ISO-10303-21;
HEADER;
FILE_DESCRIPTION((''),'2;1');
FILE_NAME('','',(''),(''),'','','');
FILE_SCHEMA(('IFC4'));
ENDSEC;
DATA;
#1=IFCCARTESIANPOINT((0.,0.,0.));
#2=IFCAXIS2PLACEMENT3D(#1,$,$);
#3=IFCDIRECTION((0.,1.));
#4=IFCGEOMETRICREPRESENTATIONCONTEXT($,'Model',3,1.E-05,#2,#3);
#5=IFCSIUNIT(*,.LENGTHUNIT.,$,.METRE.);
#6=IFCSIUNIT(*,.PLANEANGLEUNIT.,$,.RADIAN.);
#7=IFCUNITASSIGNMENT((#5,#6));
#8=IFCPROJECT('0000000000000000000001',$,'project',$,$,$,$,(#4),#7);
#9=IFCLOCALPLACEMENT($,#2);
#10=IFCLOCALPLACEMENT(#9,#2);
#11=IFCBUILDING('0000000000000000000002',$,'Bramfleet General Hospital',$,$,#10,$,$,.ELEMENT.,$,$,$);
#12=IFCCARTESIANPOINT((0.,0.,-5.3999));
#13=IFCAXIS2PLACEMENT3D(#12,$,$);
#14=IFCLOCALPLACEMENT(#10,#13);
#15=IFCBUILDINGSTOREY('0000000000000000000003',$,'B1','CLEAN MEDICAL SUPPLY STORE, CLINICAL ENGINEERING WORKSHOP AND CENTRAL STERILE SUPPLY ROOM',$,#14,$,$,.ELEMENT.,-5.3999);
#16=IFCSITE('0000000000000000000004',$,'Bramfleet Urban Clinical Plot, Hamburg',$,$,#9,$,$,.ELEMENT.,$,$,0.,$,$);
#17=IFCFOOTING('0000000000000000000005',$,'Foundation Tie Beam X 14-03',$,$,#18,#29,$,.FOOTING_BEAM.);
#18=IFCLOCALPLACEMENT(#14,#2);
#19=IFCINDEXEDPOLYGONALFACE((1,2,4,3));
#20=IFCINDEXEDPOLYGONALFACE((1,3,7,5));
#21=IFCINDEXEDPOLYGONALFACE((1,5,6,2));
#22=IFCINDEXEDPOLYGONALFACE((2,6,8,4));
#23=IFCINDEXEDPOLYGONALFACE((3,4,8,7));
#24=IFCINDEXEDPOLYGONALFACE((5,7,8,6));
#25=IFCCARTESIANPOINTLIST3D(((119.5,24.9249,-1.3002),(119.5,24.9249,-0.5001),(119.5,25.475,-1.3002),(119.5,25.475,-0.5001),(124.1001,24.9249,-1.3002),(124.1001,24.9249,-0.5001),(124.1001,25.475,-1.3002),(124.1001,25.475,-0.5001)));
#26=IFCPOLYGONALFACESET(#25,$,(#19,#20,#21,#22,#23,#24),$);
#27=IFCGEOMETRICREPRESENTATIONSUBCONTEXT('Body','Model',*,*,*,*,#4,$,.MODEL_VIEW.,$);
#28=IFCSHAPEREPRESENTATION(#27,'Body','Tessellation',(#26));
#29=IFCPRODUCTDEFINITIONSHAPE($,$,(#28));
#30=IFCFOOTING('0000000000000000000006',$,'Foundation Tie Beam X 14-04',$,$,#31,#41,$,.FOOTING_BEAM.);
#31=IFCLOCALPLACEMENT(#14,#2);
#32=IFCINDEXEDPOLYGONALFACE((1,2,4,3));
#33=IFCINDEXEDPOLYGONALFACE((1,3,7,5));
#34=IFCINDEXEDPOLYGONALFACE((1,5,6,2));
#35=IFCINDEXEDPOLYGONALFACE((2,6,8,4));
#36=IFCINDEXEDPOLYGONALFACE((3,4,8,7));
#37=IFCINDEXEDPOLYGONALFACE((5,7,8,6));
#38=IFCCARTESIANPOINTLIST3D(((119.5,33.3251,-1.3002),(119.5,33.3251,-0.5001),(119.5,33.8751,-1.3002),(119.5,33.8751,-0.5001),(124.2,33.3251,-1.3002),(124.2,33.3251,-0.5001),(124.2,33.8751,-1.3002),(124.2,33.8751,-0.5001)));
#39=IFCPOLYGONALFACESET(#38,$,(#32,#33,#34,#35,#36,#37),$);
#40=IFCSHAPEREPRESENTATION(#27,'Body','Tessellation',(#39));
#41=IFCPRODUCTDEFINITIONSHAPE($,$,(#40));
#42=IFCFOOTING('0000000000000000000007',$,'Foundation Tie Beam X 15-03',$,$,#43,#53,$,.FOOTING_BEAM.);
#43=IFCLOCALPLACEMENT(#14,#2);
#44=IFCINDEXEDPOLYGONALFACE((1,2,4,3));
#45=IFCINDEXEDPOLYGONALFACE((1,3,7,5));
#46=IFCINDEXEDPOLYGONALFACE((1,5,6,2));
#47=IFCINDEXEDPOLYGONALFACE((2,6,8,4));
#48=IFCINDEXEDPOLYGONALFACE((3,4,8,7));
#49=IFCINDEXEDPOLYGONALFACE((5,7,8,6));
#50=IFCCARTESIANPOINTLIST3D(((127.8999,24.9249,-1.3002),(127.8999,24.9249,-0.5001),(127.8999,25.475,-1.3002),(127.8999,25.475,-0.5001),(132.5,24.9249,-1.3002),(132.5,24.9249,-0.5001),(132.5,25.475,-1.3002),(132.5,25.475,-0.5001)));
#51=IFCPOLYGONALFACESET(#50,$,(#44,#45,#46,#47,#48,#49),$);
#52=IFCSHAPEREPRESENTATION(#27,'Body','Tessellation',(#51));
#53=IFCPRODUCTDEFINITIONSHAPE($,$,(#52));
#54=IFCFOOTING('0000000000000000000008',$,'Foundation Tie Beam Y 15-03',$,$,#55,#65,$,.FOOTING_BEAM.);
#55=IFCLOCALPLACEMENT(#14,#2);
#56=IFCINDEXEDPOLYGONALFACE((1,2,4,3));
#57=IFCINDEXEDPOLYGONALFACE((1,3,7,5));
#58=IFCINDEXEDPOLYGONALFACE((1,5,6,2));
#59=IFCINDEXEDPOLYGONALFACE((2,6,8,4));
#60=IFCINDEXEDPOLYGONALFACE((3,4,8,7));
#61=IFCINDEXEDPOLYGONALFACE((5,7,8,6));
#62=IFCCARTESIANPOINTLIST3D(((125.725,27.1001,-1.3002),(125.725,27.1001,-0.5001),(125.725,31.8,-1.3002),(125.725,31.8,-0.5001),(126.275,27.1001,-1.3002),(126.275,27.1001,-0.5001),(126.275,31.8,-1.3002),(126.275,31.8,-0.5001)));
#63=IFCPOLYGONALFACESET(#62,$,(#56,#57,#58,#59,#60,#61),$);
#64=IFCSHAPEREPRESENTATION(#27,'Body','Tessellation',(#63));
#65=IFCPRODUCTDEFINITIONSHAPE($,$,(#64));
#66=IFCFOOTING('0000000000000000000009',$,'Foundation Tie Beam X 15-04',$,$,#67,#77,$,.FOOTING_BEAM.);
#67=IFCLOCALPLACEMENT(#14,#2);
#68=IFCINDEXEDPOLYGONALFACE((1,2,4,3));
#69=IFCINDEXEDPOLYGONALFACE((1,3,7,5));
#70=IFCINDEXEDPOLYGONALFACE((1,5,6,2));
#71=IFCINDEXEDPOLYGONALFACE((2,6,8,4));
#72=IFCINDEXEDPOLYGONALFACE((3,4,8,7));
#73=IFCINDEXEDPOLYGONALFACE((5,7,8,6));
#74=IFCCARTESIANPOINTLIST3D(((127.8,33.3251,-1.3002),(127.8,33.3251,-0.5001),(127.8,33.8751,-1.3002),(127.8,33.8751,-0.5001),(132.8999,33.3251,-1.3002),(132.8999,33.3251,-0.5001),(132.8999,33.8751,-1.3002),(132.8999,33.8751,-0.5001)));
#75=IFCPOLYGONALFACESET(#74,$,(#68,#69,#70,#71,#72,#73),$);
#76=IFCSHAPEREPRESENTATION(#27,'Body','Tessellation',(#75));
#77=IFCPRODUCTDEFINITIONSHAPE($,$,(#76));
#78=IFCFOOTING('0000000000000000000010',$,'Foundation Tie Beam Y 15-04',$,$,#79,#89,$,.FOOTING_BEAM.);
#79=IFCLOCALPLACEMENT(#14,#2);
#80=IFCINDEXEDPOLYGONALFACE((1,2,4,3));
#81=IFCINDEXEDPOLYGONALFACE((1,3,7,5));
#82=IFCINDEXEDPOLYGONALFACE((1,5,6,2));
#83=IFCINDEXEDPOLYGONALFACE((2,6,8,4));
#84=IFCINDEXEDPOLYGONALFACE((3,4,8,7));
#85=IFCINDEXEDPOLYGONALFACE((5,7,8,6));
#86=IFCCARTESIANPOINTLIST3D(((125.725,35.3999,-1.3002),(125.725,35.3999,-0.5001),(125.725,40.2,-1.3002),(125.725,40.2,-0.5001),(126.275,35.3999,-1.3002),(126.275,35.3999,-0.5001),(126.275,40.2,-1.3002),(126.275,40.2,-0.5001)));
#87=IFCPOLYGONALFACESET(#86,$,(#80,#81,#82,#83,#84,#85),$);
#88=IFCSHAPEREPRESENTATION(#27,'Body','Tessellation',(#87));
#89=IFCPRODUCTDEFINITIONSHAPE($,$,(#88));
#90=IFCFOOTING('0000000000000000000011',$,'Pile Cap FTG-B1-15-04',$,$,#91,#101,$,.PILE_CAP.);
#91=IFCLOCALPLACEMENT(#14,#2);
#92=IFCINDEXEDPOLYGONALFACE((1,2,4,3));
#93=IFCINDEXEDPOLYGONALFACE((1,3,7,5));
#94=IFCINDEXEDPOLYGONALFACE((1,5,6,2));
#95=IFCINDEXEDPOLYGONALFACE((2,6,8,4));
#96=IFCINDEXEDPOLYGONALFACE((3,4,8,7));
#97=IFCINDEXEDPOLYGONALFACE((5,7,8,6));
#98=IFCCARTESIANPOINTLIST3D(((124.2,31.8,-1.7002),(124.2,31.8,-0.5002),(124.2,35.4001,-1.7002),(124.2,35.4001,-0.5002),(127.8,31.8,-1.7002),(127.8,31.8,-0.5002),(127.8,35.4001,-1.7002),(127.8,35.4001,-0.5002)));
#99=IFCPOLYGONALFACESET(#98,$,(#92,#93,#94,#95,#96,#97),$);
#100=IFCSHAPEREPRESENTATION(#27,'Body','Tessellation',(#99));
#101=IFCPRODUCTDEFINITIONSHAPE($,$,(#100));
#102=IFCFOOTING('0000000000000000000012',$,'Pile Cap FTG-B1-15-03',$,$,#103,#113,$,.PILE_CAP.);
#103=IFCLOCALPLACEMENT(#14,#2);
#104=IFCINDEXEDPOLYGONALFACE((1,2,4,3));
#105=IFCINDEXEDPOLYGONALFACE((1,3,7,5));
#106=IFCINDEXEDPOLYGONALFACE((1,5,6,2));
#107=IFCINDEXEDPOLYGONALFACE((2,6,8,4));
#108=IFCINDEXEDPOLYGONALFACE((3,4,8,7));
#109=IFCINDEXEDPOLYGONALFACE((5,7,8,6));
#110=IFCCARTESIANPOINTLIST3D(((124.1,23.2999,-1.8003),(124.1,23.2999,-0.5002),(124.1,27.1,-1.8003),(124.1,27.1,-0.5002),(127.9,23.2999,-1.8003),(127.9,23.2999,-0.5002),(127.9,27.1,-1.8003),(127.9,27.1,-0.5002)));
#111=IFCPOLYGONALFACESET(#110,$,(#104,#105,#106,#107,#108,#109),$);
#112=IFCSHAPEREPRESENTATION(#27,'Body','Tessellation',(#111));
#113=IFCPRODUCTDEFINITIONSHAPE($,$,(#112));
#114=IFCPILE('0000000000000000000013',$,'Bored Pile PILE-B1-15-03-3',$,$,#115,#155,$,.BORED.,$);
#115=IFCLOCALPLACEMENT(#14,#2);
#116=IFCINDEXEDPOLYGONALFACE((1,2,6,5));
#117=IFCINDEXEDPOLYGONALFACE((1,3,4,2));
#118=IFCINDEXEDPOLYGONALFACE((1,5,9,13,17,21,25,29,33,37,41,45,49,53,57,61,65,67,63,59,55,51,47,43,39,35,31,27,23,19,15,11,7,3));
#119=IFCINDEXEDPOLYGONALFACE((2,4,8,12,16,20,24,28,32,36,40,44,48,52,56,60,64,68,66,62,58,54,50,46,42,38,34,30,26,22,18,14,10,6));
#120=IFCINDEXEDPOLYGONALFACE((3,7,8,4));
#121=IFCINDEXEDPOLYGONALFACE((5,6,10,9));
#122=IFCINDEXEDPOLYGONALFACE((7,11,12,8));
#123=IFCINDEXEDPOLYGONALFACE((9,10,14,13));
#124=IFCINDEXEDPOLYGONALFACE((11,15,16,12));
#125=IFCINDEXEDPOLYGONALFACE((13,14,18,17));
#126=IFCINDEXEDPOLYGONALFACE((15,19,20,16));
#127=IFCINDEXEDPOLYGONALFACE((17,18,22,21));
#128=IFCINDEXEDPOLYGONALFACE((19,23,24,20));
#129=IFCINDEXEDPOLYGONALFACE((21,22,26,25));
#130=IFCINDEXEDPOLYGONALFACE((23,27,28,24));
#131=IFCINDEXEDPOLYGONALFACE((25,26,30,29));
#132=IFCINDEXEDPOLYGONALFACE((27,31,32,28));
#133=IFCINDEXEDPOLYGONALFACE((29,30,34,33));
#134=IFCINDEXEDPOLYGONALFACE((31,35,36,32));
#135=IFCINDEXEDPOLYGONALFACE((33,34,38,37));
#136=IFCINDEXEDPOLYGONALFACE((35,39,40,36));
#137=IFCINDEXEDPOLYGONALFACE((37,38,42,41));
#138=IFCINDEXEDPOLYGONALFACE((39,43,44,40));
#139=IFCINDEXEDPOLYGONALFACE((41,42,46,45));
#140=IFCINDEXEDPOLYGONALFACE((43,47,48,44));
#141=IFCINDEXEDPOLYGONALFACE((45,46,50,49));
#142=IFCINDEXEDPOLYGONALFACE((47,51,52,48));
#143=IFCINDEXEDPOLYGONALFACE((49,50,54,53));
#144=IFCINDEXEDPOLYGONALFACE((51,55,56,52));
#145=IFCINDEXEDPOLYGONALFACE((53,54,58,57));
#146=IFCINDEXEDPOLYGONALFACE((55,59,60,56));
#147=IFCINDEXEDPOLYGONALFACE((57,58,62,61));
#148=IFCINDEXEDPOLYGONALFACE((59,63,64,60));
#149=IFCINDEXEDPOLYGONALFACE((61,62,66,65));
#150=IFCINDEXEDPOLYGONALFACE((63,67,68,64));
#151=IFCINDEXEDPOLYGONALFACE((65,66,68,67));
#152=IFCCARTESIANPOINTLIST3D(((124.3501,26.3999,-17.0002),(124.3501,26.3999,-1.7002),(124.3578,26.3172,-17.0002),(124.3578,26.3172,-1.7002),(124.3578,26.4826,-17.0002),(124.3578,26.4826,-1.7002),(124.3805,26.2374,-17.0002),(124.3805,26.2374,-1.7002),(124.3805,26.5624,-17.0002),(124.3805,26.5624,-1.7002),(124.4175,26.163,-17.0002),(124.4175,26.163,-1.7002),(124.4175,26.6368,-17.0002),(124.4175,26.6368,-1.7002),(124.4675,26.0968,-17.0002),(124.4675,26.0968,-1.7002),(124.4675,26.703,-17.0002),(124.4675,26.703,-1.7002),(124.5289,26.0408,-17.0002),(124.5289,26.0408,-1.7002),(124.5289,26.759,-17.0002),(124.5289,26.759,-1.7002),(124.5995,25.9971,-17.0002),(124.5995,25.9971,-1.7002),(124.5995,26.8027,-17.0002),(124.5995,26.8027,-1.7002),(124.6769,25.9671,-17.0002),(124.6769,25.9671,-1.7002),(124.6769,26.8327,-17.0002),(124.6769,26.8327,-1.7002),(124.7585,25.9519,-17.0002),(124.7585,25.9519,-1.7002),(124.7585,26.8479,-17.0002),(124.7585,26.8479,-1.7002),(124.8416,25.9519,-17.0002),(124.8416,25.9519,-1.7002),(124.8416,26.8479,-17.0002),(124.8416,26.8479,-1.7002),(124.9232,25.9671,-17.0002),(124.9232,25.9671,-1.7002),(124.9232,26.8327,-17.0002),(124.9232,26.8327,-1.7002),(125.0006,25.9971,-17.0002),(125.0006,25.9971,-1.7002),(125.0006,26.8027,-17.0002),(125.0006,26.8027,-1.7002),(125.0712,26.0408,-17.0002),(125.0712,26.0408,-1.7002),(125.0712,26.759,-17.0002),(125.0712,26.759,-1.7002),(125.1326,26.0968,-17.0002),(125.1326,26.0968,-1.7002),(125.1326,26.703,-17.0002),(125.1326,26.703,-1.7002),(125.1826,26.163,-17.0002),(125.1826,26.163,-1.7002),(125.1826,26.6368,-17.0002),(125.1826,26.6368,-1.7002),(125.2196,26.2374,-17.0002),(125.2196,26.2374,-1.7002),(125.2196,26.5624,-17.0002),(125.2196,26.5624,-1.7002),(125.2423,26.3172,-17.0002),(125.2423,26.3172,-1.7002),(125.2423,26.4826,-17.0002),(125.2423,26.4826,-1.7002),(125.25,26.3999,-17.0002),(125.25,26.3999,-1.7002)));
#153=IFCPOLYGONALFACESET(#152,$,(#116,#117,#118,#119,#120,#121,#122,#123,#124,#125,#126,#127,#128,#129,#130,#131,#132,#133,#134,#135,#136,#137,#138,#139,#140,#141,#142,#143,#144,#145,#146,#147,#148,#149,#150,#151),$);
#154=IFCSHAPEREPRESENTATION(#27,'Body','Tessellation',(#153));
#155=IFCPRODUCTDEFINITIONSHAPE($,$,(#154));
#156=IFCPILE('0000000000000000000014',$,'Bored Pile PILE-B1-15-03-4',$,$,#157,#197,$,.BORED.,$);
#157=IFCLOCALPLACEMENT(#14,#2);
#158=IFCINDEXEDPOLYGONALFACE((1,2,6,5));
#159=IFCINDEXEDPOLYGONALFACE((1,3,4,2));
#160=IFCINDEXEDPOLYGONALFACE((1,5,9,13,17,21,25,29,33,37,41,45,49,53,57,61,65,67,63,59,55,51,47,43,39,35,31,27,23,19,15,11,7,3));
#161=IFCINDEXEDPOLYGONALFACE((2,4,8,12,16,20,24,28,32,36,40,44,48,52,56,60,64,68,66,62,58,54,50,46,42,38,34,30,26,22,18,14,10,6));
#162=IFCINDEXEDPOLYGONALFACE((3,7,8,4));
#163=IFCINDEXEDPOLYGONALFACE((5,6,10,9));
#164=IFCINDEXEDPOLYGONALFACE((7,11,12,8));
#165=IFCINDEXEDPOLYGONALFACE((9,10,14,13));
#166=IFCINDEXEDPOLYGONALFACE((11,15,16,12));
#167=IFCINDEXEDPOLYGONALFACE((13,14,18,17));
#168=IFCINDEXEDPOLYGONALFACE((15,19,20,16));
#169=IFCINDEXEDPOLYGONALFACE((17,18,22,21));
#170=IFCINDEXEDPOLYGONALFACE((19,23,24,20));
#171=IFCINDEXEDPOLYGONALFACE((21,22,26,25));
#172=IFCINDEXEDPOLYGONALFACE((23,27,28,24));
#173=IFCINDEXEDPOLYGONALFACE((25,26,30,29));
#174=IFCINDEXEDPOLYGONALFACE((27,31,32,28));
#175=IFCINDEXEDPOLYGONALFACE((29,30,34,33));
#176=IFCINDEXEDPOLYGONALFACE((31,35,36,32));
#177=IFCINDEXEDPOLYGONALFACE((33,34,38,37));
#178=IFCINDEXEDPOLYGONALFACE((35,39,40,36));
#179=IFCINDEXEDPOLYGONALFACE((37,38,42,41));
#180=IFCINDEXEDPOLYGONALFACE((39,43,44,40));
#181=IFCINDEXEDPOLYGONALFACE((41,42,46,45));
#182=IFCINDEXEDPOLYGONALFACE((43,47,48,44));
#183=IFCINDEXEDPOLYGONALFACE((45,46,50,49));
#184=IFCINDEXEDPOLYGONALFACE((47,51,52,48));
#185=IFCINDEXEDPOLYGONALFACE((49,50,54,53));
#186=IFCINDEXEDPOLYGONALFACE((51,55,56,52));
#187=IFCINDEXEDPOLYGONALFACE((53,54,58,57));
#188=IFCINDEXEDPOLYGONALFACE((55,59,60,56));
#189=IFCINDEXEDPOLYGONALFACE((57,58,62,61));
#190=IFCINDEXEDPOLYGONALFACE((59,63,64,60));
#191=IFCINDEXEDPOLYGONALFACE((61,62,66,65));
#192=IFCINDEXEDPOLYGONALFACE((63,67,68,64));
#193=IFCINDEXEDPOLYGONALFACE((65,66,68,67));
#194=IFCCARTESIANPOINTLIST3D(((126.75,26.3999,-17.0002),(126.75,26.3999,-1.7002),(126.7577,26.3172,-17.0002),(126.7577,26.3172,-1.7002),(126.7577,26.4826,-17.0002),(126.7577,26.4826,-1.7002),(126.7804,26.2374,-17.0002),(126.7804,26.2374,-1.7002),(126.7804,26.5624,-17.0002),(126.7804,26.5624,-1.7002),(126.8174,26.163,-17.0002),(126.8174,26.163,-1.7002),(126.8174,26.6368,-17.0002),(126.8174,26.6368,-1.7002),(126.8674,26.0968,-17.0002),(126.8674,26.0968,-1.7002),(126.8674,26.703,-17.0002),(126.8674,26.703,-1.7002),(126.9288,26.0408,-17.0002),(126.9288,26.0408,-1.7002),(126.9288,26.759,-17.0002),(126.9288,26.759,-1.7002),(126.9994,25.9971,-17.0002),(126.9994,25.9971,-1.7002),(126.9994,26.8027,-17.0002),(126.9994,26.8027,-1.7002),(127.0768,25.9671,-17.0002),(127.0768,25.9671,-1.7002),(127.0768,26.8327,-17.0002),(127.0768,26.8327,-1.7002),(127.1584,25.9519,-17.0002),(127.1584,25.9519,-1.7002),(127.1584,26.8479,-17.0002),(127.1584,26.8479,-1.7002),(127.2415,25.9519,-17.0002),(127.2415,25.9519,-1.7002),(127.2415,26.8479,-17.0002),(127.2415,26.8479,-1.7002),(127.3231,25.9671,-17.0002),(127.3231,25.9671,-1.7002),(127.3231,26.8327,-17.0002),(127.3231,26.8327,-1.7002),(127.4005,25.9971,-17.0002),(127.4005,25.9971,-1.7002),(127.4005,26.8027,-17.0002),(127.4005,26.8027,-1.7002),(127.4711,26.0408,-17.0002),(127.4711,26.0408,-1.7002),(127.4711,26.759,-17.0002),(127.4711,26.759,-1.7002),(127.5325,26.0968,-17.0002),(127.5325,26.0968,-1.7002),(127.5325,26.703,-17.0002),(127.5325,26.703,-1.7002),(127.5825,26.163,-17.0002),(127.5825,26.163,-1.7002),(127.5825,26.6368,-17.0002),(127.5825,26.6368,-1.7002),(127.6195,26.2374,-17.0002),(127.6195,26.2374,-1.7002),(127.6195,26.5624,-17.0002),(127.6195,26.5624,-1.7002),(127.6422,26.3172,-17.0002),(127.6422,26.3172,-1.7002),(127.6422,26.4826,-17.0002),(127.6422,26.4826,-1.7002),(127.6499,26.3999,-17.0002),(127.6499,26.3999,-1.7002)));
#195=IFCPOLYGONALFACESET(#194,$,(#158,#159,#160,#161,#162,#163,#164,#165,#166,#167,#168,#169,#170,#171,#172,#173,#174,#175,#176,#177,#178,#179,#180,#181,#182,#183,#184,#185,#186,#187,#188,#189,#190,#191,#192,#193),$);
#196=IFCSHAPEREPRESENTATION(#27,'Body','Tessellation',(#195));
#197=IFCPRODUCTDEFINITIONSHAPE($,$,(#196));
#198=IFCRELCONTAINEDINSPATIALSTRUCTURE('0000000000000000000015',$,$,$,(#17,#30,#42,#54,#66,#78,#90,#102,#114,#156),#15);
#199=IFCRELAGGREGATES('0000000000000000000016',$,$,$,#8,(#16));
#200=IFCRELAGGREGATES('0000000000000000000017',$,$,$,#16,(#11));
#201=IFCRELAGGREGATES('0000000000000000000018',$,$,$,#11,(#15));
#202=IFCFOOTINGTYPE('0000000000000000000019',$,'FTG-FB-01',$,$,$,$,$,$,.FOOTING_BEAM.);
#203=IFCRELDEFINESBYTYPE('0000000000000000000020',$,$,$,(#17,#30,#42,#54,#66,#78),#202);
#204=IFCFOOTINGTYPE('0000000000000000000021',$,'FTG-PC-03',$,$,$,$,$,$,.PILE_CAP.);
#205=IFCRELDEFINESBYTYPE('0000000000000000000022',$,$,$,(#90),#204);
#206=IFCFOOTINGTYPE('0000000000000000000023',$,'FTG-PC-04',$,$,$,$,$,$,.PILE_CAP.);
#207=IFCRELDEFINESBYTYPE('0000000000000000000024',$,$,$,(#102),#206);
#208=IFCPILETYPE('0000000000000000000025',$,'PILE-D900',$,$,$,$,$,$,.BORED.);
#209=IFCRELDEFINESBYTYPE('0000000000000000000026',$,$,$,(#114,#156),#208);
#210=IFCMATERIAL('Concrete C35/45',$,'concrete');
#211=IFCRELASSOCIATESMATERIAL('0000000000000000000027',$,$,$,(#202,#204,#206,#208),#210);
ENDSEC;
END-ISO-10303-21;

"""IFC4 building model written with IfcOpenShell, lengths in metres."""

from ifc_helpers import new_model, si_unit, direction, frame, origin, origin_2d, place, context, subcontext, project, spatial, rectangle, circle, extrude, material, material_profile, profile_set, type_object, element, save


model = new_model("IFC4")

# Units and contexts
model_context = context("Model", 3, precision=1e-05, world=origin(), true_north=direction((0.0, 1.0)))
body_context = subcontext(model_context, "Body", "Model", "MODEL_VIEW")
ifc_project = project(units=[si_unit("LENGTHUNIT", "METRE"), si_unit("PLANEANGLEUNIT", "RADIAN")], contexts=[model_context])

# Site, building, storey
site_placement = place(None, origin())
site = spatial("IfcSite", under=ifc_project, at=site_placement, Name="Bramfleet Urban Clinical Plot, Hamburg", CompositionType="ELEMENT", RefElevation=0.0)
building_placement = place(site_placement, origin())
building = spatial("IfcBuilding", under=site, at=building_placement, Name="Bramfleet General Hospital", CompositionType="ELEMENT")
storey_placement = place(building_placement, frame((0.0, 0.0, -5.3999)))
storey = spatial("IfcBuildingStorey", under=building, at=storey_placement, Name="B1", Description="CLEAN MEDICAL SUPPLY STORE, CLINICAL ENGINEERING WORKSHOP AND CENTRAL STERILE SUPPLY ROOM", CompositionType="ELEMENT", Elevation=-5.3999)

# Footings
ifc_material_1 = material(Name="Concrete C35/45", Category="concrete")
ifc_material_profile_1 = material_profile(ifc_material_1, rectangle(XDim=0.55, YDim=0.8, at=origin_2d()), Name="RC FB 800x550")
ifc_profile_set_1 = profile_set([ifc_material_profile_1], Name="Concrete C35/45")
footing_type_1 = type_object("IfcFootingType", Name="FTG-FB-01", PredefinedType="FOOTING_BEAM", material=ifc_profile_set_1)
footing_1_placement = place(storey_placement, frame((119.5, 25.2, -0.9001), z_axis=(1.0, 0.0, 0.0), x_axis=(0.0, 1.0, 0.0)))
element("IfcFooting", 1, at=footing_1_placement, inside=storey, type_object=footing_type_1, Name="Foundation Tie Beam X 14-03", PredefinedType="FOOTING_BEAM", context=body_context, shape_type="SweptSolid", body=[
    extrude(rectangle(XDim=0.55, YDim=0.8, at=origin_2d()), origin(), (0.0, 0.0, 1.0), 4.6001),
])
footing_2_placement = place(storey_placement, frame((119.5, 33.6001, -0.9001), z_axis=(1.0, 0.0, 0.0), x_axis=(0.0, 1.0, 0.0)))
element("IfcFooting", 2, at=footing_2_placement, inside=storey, type_object=footing_type_1, Name="Foundation Tie Beam X 14-04", PredefinedType="FOOTING_BEAM", context=body_context, shape_type="SweptSolid", body=[
    extrude(rectangle(XDim=0.55, YDim=0.8, at=origin_2d()), origin(), (0.0, 0.0, 1.0), 4.7),
])
footing_3_placement = place(storey_placement, frame((127.8999, 25.2, -0.9001), z_axis=(1.0, 0.0, 0.0), x_axis=(0.0, 1.0, 0.0)))
element("IfcFooting", 3, at=footing_3_placement, inside=storey, type_object=footing_type_1, Name="Foundation Tie Beam X 15-03", PredefinedType="FOOTING_BEAM", context=body_context, shape_type="SweptSolid", body=[
    extrude(rectangle(XDim=0.55, YDim=0.8, at=origin_2d()), origin(), (0.0, 0.0, 1.0), 4.6001),
])
footing_4_placement = place(storey_placement, frame((126.0, 27.1001, -0.9001), z_axis=(0.0, 1.0, 0.0), x_axis=(-1.0, 0.0, 0.0)))
element("IfcFooting", 4, at=footing_4_placement, inside=storey, type_object=footing_type_1, Name="Foundation Tie Beam Y 15-03", PredefinedType="FOOTING_BEAM", context=body_context, shape_type="SweptSolid", body=[
    extrude(rectangle(XDim=0.55, YDim=0.8, at=origin_2d()), origin(), (0.0, 0.0, 1.0), 4.7),
])
footing_5_placement = place(storey_placement, frame((127.8, 33.6001, -0.9001), z_axis=(1.0, 0.0, 0.0), x_axis=(0.0, 1.0, 0.0)))
element("IfcFooting", 5, at=footing_5_placement, inside=storey, type_object=footing_type_1, Name="Foundation Tie Beam X 15-04", PredefinedType="FOOTING_BEAM", context=body_context, shape_type="SweptSolid", body=[
    extrude(rectangle(XDim=0.55, YDim=0.8, at=origin_2d()), origin(), (0.0, 0.0, 1.0), 5.0999),
])
footing_6_placement = place(storey_placement, frame((126.0, 35.3999, -0.9001), z_axis=(0.0, 1.0, 0.0), x_axis=(-1.0, 0.0, 0.0)))
element("IfcFooting", 6, at=footing_6_placement, inside=storey, type_object=footing_type_1, Name="Foundation Tie Beam Y 15-04", PredefinedType="FOOTING_BEAM", context=body_context, shape_type="SweptSolid", body=[
    extrude(rectangle(XDim=0.55, YDim=0.8, at=origin_2d()), origin(), (0.0, 0.0, 1.0), 4.8),
])
footing_type_2 = type_object("IfcFootingType", Name="FTG-PC-03", PredefinedType="PILE_CAP", material=ifc_material_1)
footing_7_placement = place(storey_placement, frame((126.0, 33.6001, -1.7002), z_axis=(0.0, 0.0, 1.0), x_axis=(1.0, 0.0, 0.0)))
element("IfcFooting", 7, at=footing_7_placement, inside=storey, type_object=footing_type_2, Name="Pile Cap FTG-B1-15-04", PredefinedType="PILE_CAP", context=body_context, shape_type="SweptSolid", body=[
    extrude(rectangle(XDim=3.6001, YDim=3.6001, at=origin_2d()), origin(), (0.0, 0.0, 1.0), 1.2),
])
footing_type_3 = type_object("IfcFootingType", Name="FTG-PC-04", PredefinedType="PILE_CAP", material=ifc_material_1)
footing_8_placement = place(storey_placement, frame((126.0, 25.2, -1.8003), z_axis=(0.0, 0.0, 1.0), x_axis=(1.0, 0.0, 0.0)))
element("IfcFooting", 8, at=footing_8_placement, inside=storey, type_object=footing_type_3, Name="Pile Cap FTG-B1-15-03", PredefinedType="PILE_CAP", context=body_context, shape_type="SweptSolid", body=[
    extrude(rectangle(XDim=3.8, YDim=3.8, at=origin_2d()), origin(), (0.0, 0.0, 1.0), 1.3),
])

# Piles
ifc_material_profile_2 = material_profile(ifc_material_1, circle(Radius=0.45, at=origin_2d()), Name="PILE BORED D900")
ifc_profile_set_2 = profile_set([ifc_material_profile_2], Name="Concrete C35/45")
pile_type = type_object("IfcPileType", Name="PILE-D900", PredefinedType="BORED", material=ifc_profile_set_2)
for number, where, z_axis, x_axis, name in (
    (9, (124.8, 26.3999, -1.7002), (0.0, 0.0, -1.0), (1.0, 0.0, 0.0), "Bored Pile PILE-B1-15-03-3"),
    (10, (127.2, 26.3999, -1.7002), (0.0, 0.0, -1.0), (1.0, 0.0, 0.0), "Bored Pile PILE-B1-15-03-4"),
):
    element("IfcPile", number, at=place(storey_placement, frame(where, z_axis=z_axis, x_axis=x_axis)), inside=storey, type_object=pile_type, Name=name, PredefinedType="BORED", context=body_context, shape_type="SweptSolid", body=[
        extrude(circle(Radius=0.45, at=origin_2d()), origin(), (0.0, 0.0, 1.0), 15.3),
    ])

save(model, "model.ifc")
